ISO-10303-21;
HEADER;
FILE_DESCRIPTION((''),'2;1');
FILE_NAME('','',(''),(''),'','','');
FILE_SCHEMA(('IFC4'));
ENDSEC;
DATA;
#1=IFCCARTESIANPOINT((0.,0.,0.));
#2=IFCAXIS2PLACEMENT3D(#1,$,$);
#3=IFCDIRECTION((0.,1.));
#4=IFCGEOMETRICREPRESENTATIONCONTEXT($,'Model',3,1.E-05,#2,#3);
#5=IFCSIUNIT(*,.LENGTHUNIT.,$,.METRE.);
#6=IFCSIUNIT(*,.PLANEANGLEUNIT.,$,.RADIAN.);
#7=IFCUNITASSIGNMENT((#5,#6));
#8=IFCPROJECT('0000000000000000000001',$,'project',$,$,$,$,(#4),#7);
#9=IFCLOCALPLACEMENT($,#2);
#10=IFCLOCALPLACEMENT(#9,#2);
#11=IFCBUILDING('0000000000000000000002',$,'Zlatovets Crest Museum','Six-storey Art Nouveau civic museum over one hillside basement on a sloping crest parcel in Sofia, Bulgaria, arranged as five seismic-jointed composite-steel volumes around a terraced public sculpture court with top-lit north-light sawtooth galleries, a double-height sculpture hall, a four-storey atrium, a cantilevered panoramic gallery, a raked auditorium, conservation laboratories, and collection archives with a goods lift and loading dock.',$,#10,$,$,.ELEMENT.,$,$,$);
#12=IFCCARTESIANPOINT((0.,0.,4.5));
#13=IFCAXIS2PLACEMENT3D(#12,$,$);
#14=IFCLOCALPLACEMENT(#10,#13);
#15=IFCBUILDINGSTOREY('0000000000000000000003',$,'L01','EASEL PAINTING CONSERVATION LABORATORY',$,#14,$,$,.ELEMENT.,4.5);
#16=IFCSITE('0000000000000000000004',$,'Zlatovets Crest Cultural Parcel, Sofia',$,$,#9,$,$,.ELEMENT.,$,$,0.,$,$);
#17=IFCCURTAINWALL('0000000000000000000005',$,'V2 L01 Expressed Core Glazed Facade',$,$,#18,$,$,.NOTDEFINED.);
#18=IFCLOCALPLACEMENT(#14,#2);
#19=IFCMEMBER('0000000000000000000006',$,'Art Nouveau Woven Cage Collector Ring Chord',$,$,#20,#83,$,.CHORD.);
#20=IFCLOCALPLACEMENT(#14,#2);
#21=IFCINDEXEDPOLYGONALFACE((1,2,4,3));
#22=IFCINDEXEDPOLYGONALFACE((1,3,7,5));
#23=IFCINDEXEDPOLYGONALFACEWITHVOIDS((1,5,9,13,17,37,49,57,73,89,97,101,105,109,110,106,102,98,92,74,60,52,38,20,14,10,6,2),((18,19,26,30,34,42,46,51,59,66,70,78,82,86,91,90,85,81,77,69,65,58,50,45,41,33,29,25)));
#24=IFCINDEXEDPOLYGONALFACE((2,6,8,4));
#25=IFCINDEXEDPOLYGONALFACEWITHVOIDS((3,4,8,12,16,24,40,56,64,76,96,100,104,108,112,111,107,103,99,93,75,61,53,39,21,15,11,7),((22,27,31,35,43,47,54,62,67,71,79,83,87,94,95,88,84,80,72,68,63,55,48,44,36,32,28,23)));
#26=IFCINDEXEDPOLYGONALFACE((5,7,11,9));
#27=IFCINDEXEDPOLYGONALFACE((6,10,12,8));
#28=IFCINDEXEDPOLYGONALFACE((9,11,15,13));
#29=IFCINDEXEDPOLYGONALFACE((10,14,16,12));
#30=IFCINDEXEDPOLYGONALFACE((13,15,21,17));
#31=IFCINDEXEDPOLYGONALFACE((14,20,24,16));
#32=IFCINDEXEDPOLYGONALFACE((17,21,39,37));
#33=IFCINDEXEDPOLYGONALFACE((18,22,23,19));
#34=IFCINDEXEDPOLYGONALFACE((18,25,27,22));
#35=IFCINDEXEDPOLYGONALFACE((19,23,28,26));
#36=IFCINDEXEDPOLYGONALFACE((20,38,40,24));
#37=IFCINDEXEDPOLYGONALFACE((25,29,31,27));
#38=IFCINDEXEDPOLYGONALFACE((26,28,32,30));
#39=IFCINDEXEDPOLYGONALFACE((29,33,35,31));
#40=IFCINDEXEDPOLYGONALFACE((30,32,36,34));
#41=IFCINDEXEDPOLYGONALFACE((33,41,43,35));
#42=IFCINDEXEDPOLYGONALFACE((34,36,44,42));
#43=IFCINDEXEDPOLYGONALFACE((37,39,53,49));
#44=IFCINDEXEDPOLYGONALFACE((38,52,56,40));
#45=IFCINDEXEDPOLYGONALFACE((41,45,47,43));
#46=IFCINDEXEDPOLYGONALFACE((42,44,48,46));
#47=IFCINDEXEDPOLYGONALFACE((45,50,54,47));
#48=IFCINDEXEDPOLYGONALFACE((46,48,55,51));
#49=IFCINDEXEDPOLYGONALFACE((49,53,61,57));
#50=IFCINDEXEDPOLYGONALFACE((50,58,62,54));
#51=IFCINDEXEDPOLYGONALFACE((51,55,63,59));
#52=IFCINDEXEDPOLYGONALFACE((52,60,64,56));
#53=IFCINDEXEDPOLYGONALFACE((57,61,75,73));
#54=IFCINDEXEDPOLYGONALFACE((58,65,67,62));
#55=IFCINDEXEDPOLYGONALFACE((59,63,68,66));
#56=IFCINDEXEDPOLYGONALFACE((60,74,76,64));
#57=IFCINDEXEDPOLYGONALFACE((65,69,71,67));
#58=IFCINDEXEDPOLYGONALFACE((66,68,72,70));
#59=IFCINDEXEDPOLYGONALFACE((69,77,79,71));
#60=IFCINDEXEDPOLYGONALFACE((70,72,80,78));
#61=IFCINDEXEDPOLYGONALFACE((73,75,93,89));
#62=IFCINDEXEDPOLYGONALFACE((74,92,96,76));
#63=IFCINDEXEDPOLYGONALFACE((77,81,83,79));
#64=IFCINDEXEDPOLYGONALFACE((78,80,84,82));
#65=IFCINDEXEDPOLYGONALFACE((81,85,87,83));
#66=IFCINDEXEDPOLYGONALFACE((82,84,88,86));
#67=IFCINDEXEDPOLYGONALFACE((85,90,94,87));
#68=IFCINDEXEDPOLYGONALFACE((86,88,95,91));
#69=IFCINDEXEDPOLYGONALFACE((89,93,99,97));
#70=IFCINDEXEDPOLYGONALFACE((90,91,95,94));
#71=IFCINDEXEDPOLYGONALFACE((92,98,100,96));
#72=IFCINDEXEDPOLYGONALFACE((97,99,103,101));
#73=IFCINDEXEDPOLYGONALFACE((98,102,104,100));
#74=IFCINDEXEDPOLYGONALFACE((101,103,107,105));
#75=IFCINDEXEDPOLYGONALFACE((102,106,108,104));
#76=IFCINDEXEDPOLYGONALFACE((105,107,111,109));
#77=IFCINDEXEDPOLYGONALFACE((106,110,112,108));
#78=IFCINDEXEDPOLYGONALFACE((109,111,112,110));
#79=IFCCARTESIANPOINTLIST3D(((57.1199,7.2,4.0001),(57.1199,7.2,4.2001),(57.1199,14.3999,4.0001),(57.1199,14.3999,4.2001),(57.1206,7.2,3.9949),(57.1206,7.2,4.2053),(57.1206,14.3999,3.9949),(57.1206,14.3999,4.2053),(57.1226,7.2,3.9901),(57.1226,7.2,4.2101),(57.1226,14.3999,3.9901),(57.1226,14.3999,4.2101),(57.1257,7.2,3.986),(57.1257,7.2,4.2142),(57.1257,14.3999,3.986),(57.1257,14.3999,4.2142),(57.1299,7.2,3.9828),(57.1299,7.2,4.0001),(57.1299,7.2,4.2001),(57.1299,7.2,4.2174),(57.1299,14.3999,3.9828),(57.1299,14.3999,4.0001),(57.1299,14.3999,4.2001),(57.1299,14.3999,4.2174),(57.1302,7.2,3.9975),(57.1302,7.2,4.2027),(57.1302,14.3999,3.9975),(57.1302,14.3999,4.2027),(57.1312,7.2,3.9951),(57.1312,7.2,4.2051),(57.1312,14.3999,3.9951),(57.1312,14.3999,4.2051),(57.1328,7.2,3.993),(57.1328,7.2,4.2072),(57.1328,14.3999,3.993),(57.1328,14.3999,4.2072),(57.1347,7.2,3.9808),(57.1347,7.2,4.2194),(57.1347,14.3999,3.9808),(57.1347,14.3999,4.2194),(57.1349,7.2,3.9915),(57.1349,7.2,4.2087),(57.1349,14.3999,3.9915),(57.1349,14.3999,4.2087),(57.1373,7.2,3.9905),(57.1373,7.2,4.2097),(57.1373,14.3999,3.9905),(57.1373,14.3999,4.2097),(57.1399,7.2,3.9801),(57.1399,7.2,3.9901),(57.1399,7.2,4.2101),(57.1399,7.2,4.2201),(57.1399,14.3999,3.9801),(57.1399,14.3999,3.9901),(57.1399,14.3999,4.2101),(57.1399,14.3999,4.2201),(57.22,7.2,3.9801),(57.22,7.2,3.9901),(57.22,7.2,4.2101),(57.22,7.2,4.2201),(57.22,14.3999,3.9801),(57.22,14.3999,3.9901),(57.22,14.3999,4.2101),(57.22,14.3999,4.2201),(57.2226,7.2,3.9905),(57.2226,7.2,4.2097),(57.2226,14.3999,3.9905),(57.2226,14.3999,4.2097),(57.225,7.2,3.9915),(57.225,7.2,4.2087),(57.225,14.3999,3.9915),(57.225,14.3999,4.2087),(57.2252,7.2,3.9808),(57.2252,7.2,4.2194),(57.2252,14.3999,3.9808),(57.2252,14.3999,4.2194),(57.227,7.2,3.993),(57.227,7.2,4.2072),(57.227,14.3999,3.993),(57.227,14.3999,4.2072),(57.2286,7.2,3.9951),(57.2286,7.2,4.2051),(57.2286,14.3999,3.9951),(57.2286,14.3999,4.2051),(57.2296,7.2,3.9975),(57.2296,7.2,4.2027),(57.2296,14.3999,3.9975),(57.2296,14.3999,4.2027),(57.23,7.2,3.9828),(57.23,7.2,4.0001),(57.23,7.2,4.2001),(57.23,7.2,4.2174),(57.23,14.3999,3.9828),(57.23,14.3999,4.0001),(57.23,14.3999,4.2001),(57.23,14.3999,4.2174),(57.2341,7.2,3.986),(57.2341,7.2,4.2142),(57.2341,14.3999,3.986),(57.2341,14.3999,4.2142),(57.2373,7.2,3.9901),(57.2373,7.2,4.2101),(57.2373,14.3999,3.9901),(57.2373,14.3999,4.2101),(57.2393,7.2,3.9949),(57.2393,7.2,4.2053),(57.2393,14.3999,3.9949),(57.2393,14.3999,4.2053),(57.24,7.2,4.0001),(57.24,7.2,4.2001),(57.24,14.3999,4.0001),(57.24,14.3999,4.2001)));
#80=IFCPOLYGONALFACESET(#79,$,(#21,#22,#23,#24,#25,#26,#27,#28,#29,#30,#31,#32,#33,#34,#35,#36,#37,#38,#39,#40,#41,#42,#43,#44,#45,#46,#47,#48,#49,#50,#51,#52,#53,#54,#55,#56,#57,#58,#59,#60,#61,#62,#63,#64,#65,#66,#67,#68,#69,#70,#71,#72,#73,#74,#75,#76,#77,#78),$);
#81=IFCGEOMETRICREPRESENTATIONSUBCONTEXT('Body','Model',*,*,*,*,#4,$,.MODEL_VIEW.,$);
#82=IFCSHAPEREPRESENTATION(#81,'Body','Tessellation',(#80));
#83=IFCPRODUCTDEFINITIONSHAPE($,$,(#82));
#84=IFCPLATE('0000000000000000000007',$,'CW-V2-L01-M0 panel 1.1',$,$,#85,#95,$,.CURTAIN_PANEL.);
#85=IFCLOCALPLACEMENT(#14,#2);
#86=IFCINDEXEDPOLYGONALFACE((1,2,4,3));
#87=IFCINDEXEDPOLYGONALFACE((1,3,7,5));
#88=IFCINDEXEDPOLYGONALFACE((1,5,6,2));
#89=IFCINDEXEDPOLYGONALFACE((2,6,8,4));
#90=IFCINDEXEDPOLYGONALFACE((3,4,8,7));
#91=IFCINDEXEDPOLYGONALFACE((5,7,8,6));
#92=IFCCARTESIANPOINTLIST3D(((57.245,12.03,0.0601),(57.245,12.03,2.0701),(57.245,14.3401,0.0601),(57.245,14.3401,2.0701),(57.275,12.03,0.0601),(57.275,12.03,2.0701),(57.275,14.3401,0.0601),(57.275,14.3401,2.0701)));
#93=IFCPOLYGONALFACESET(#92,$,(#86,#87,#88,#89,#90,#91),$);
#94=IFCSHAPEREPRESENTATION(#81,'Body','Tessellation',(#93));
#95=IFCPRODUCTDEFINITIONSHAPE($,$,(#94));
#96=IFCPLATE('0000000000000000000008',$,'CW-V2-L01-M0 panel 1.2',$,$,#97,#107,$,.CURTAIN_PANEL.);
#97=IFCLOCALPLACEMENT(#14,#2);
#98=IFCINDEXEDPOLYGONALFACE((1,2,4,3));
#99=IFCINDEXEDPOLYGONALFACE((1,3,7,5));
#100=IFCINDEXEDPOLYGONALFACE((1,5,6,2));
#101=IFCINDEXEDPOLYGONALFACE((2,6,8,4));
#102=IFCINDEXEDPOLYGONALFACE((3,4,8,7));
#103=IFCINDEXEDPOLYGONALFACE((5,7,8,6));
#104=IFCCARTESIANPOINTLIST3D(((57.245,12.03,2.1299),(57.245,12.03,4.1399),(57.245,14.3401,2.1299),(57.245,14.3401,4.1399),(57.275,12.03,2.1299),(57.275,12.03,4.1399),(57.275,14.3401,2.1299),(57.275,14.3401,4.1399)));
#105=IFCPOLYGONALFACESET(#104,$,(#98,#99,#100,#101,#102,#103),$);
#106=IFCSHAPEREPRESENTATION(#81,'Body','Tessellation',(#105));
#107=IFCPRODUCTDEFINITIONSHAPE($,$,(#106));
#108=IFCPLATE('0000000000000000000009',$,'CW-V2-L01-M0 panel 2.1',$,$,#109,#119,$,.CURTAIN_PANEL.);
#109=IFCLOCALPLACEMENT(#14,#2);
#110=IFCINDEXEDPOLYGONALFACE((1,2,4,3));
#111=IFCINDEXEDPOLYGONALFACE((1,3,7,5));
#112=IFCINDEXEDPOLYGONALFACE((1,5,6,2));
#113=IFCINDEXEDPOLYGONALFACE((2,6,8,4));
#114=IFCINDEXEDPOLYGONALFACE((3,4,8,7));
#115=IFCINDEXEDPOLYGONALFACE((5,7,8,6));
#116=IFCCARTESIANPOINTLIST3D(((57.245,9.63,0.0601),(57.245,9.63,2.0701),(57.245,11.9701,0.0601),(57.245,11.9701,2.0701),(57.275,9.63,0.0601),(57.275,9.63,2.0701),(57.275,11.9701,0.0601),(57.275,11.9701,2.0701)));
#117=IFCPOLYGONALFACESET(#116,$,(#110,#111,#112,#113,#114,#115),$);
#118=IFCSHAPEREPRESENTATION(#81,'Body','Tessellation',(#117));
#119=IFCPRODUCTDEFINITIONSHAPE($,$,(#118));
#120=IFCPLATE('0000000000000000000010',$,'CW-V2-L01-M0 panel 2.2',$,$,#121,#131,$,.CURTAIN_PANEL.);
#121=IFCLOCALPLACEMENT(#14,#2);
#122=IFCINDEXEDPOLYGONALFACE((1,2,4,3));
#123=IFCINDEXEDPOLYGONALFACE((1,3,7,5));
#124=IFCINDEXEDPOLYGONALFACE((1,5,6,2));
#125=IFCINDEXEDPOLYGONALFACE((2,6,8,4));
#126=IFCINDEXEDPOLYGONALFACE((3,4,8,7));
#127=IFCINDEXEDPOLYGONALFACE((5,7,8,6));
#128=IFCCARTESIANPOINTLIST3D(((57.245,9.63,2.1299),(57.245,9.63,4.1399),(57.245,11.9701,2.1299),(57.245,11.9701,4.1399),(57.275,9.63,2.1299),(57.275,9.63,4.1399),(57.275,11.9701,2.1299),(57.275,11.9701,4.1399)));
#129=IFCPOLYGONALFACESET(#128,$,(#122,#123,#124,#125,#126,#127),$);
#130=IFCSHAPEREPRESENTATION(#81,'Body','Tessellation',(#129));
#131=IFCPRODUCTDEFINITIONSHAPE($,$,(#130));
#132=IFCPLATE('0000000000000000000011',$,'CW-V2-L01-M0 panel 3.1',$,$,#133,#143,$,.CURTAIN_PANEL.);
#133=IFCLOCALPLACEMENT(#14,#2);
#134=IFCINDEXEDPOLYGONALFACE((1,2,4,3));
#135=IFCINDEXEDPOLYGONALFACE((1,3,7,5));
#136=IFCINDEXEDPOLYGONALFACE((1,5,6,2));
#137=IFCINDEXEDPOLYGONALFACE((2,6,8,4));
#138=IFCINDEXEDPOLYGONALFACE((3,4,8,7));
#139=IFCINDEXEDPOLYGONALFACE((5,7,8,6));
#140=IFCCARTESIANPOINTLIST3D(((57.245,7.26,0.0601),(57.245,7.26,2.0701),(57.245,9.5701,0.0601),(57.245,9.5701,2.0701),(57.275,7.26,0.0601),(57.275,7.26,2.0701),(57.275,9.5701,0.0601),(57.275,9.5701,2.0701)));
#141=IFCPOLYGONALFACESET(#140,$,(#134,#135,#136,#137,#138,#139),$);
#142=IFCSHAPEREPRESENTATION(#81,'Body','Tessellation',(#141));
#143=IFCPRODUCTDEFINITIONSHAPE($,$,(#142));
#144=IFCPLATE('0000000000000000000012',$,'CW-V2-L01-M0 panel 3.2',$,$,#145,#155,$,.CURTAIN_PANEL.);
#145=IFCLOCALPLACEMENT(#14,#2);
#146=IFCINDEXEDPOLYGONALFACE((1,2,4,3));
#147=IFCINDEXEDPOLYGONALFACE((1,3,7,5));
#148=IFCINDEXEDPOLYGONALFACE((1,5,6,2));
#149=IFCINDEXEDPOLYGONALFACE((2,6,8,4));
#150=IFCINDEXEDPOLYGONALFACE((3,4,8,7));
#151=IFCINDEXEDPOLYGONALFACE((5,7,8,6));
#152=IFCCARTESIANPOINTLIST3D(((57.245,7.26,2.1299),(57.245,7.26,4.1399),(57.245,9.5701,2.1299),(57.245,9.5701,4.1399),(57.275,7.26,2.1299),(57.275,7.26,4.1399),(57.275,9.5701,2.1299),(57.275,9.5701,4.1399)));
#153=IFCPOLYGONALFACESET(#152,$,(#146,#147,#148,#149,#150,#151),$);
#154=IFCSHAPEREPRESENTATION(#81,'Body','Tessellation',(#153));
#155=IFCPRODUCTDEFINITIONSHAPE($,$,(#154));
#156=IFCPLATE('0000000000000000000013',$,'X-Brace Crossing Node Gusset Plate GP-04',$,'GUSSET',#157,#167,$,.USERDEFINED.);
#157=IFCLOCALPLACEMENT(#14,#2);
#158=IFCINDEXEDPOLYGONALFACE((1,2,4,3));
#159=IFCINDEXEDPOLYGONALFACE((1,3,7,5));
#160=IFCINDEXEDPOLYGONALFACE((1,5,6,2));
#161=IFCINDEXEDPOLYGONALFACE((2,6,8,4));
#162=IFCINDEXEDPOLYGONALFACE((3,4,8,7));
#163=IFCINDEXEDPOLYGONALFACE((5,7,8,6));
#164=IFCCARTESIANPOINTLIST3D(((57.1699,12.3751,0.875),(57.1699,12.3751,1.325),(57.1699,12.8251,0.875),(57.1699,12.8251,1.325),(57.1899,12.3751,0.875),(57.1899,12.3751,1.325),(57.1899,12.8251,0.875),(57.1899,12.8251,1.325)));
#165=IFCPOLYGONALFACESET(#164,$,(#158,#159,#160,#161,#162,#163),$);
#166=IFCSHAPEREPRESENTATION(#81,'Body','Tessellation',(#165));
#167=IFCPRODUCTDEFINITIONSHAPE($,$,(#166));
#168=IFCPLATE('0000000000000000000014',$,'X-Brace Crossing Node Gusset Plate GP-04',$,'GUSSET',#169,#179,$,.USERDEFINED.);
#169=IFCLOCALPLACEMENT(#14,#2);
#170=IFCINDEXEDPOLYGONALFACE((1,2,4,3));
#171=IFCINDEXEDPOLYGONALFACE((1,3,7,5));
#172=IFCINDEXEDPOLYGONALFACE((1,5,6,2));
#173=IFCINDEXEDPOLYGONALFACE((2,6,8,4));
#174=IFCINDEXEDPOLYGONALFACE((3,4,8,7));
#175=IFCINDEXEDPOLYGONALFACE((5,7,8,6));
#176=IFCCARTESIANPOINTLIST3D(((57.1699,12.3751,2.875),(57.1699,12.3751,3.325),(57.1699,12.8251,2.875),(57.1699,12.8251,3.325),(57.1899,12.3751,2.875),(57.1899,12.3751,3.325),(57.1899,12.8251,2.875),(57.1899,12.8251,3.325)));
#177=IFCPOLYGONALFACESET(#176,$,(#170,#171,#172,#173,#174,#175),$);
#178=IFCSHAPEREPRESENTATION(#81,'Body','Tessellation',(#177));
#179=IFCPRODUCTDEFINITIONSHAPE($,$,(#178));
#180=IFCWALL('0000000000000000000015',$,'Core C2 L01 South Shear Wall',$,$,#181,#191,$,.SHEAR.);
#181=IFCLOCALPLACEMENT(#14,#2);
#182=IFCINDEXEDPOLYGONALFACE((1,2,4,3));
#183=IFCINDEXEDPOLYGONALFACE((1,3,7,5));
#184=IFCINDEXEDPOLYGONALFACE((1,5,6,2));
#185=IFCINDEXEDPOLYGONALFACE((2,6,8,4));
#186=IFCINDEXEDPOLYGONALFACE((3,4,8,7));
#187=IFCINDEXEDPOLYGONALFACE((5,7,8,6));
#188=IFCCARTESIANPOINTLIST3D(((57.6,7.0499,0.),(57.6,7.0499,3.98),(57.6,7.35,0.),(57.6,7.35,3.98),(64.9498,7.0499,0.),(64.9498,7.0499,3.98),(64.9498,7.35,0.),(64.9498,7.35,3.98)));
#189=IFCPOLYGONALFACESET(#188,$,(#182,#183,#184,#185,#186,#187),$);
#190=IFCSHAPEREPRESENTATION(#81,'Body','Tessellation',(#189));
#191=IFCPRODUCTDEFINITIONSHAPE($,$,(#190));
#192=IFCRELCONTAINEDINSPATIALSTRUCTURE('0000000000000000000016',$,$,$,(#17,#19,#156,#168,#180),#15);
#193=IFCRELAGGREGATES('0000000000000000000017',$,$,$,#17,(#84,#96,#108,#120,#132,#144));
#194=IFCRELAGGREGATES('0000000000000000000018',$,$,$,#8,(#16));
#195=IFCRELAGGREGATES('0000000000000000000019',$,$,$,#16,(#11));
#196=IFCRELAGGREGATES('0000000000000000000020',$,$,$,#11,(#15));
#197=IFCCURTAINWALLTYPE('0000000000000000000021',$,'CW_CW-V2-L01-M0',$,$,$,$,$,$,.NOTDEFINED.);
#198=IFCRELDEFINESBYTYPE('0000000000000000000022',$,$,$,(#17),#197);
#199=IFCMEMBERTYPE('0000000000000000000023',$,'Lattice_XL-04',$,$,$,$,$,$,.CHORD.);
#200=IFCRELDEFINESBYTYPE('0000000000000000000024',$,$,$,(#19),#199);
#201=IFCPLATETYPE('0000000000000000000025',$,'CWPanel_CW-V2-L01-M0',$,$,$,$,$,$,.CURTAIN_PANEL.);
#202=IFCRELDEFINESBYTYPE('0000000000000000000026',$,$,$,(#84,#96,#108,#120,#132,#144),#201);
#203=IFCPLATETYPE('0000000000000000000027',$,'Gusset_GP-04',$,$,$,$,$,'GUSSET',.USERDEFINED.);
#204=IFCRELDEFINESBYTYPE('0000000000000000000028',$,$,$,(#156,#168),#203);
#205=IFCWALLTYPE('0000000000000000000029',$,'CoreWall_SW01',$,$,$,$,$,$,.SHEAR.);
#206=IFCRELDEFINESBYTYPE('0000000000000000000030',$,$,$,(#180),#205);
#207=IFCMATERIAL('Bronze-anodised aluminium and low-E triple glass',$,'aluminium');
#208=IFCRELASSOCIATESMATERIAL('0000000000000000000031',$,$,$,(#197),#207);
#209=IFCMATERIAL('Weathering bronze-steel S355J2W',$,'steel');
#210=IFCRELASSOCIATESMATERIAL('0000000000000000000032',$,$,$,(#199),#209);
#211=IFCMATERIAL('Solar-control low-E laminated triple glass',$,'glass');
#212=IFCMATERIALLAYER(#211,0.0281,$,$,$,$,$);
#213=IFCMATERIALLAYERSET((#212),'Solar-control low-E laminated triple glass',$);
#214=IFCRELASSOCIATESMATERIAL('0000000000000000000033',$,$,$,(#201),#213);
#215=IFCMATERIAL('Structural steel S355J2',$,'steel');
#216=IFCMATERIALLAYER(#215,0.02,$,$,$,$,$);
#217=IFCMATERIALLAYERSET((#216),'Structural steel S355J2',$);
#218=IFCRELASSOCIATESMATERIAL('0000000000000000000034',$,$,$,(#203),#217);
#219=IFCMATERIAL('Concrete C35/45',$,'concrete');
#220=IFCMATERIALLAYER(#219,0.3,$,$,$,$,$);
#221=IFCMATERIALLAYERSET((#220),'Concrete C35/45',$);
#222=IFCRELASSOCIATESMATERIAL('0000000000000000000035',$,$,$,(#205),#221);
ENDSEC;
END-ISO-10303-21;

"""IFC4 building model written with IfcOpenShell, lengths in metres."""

from ifc_helpers import new_model, si_unit, direction, frame, frame_2d, origin, origin_2d, place, context, subcontext, project, spatial, rectangle, hollow_rectangle, extrude, material, layer, layer_set, material_profile, profile_set, type_object, element, aggregate, save


model = new_model("IFC4")

# Units and contexts
model_context = context("Model", 3, precision=1e-05, world=origin(), true_north=direction((0.0, 1.0)))
body_context = subcontext(model_context, "Body", "Model", "MODEL_VIEW")
ifc_project = project(units=[si_unit("LENGTHUNIT", "METRE"), si_unit("PLANEANGLEUNIT", "RADIAN")], contexts=[model_context])

# Site, building, storey
site_placement = place(None, origin())
site = spatial("IfcSite", under=ifc_project, at=site_placement, Name="Zlatovets Crest Cultural Parcel, Sofia", CompositionType="ELEMENT", RefElevation=0.0)
building_placement = place(site_placement, origin())
building = spatial("IfcBuilding", under=site, at=building_placement, Name="Zlatovets Crest Museum", Description="Six-storey Art Nouveau civic museum over one hillside basement on a sloping crest parcel in Sofia, Bulgaria, arranged as five seismic-jointed composite-steel volumes around a terraced public sculpture court with top-lit north-light sawtooth galleries, a double-height sculpture hall, a four-storey atrium, a cantilevered panoramic gallery, a raked auditorium, conservation laboratories, and collection archives with a goods lift and loading dock.", CompositionType="ELEMENT")
storey_placement = place(building_placement, frame((0.0, 0.0, 4.5)))
storey = spatial("IfcBuildingStorey", under=building, at=storey_placement, Name="L01", Description="EASEL PAINTING CONSERVATION LABORATORY", CompositionType="ELEMENT", Elevation=4.5)

# Shared definitions
ifc_material_1 = material(Name="Structural steel S355J2", Category="steel")

# Curtain wall
ifc_material_2 = material(Name="Bronze-anodised aluminium and low-E triple glass", Category="aluminium")
curtain_wall_type = type_object("IfcCurtainWallType", Name="CW_CW-V2-L01-M0", PredefinedType="NOTDEFINED", material=ifc_material_2)
curtain_wall_placement = place(storey_placement, origin())
curtain_wall = element("IfcCurtainWall", 1, at=curtain_wall_placement, inside=storey, type_object=curtain_wall_type, Name="V2 L01 Expressed Core Glazed Facade", PredefinedType="NOTDEFINED")

# Member
ifc_material_3 = material(Name="Weathering bronze-steel S355J2W", Category="steel")
ifc_material_profile_1 = material_profile(ifc_material_3, hollow_rectangle(XDim=0.1201, YDim=0.24, WallThickness=0.01, InnerFilletRadius=0.01, OuterFilletRadius=0.02, at=origin_2d()), Name="RHS 120x240x10.0")
ifc_profile_set_1 = profile_set([ifc_material_profile_1], Name="Weathering bronze-steel S355J2W")
member_type_1 = type_object("IfcMemberType", Name="Lattice_XL-04", PredefinedType="CHORD", material=ifc_profile_set_1)
member_1_placement = place(storey_placement, frame((57.1799, 14.3999, 4.1001), z_axis=(0.0, -1.0, 0.0), x_axis=(1.0, 0.0, 0.0)))
element("IfcMember", 2, at=member_1_placement, inside=storey, type_object=member_type_1, Name="Art Nouveau Woven Cage Collector Ring Chord", PredefinedType="CHORD", context=body_context, shape_type="SweptSolid", body=[
    extrude(hollow_rectangle(XDim=0.1201, YDim=0.24, WallThickness=0.01, InnerFilletRadius=0.01, OuterFilletRadius=0.02, at=origin_2d()), origin(), (0.0, 0.0, 1.0), 7.2),
])

# Plates
ifc_material_4 = material(Name="Solar-control low-E laminated triple glass", Category="glass")
ifc_layer_1 = layer(ifc_material_4, 0.0281)
ifc_layer_set_1 = layer_set([ifc_layer_1], Name="Solar-control low-E laminated triple glass")
plate_type_1 = type_object("IfcPlateType", Name="CWPanel_CW-V2-L01-M0", PredefinedType="CURTAIN_PANEL", material=ifc_layer_set_1)
plate_1_placement = place(storey_placement, frame((57.26, 13.1851, 0.0601), z_axis=(0.0, 0.0, 1.0), x_axis=(0.0, -1.0, 0.0)))
plate_1 = element("IfcPlate", 3, at=plate_1_placement, type_object=plate_type_1, Name="CW-V2-L01-M0 panel 1.1", PredefinedType="CURTAIN_PANEL", context=body_context, shape_type="SweptSolid", body=[
    extrude(rectangle(XDim=2.3101, YDim=0.03, at=origin_2d()), origin(), (0.0, 0.0, 1.0), 2.01),
])
plate_2_placement = place(storey_placement, frame((57.26, 13.1851, 2.1299), z_axis=(0.0, 0.0, 1.0), x_axis=(0.0, -1.0, 0.0)))
plate_2 = element("IfcPlate", 4, at=plate_2_placement, type_object=plate_type_1, Name="CW-V2-L01-M0 panel 1.2", PredefinedType="CURTAIN_PANEL", context=body_context, shape_type="SweptSolid", body=[
    extrude(rectangle(XDim=2.3101, YDim=0.03, at=origin_2d()), origin(), (0.0, 0.0, 1.0), 2.01),
])
plate_3_placement = place(storey_placement, frame((57.26, 10.8, 0.0601), z_axis=(0.0, 0.0, 1.0), x_axis=(0.0, -1.0, 0.0)))
plate_3 = element("IfcPlate", 5, at=plate_3_placement, type_object=plate_type_1, Name="CW-V2-L01-M0 panel 2.1", PredefinedType="CURTAIN_PANEL", context=body_context, shape_type="SweptSolid", body=[
    extrude(rectangle(XDim=2.3401, YDim=0.03, at=origin_2d()), origin(), (0.0, 0.0, 1.0), 2.01),
])
plate_4_placement = place(storey_placement, frame((57.26, 10.8, 2.1299), z_axis=(0.0, 0.0, 1.0), x_axis=(0.0, -1.0, 0.0)))
plate_4 = element("IfcPlate", 6, at=plate_4_placement, type_object=plate_type_1, Name="CW-V2-L01-M0 panel 2.2", PredefinedType="CURTAIN_PANEL", context=body_context, shape_type="SweptSolid", body=[
    extrude(rectangle(XDim=2.3401, YDim=0.03, at=origin_2d()), origin(), (0.0, 0.0, 1.0), 2.01),
])
plate_5_placement = place(storey_placement, frame((57.26, 8.415, 0.0601), z_axis=(0.0, 0.0, 1.0), x_axis=(0.0, -1.0, 0.0)))
plate_5 = element("IfcPlate", 7, at=plate_5_placement, type_object=plate_type_1, Name="CW-V2-L01-M0 panel 3.1", PredefinedType="CURTAIN_PANEL", context=body_context, shape_type="SweptSolid", body=[
    extrude(rectangle(XDim=2.3101, YDim=0.03, at=origin_2d()), origin(), (0.0, 0.0, 1.0), 2.01),
])
plate_6_placement = place(storey_placement, frame((57.26, 8.415, 2.1299), z_axis=(0.0, 0.0, 1.0), x_axis=(0.0, -1.0, 0.0)))
plate_6 = element("IfcPlate", 8, at=plate_6_placement, type_object=plate_type_1, Name="CW-V2-L01-M0 panel 3.2", PredefinedType="CURTAIN_PANEL", context=body_context, shape_type="SweptSolid", body=[
    extrude(rectangle(XDim=2.3101, YDim=0.03, at=origin_2d()), origin(), (0.0, 0.0, 1.0), 2.01),
])
aggregate(curtain_wall, [plate_1, plate_2, plate_3, plate_4, plate_5, plate_6])

# Plates
ifc_layer_2 = layer(ifc_material_1, 0.02)
ifc_layer_set_2 = layer_set([ifc_layer_2], Name="Structural steel S355J2")
plate_type_2 = type_object("IfcPlateType", Name="Gusset_GP-04", ElementType="GUSSET", PredefinedType="USERDEFINED", material=ifc_layer_set_2)
for number, where, z_axis, x_axis, name in (
    (9, (57.1799, 12.6001, 0.875), (0.0, 0.0, 1.0), (1.0, 0.0, 0.0), "X-Brace Crossing Node Gusset Plate GP-04"),
    (10, (57.1799, 12.6001, 2.875), (0.0, 0.0, 1.0), (1.0, 0.0, 0.0), "X-Brace Crossing Node Gusset Plate GP-04"),
):
    element("IfcPlate", number, at=place(storey_placement, frame(where, z_axis=z_axis, x_axis=x_axis)), inside=storey, type_object=plate_type_2, Name=name, ObjectType="GUSSET", PredefinedType="USERDEFINED", context=body_context, shape_type="SweptSolid", body=[
        extrude(rectangle(XDim=0.02, YDim=0.45, at=origin_2d()), origin(), (0.0, 0.0, 1.0), 0.45),
    ])

# Wall
ifc_material_5 = material(Name="Concrete C35/45", Category="concrete")
ifc_layer_3 = layer(ifc_material_5, 0.3)
ifc_layer_set_3 = layer_set([ifc_layer_3], Name="Concrete C35/45")
wall_type = type_object("IfcWallType", Name="CoreWall_SW01", PredefinedType="SHEAR", material=ifc_layer_set_3)
wall_placement = place(storey_placement, frame((57.6001, 7.2, 0.0), z_axis=(0.0, 0.0, 1.0), x_axis=(1.0, 0.0, 0.0)))
element("IfcWall", 11, at=wall_placement, inside=storey, type_object=wall_type, Name="Core C2 L01 South Shear Wall", PredefinedType="SHEAR", context=body_context, shape_type="SweptSolid", body=[
    extrude(rectangle(XDim=7.3499, YDim=0.3, at=frame_2d((3.6748, 0.0))), origin(), (0.0, 0.0, 1.0), 3.98),
])

save(model, "model.ifc")
